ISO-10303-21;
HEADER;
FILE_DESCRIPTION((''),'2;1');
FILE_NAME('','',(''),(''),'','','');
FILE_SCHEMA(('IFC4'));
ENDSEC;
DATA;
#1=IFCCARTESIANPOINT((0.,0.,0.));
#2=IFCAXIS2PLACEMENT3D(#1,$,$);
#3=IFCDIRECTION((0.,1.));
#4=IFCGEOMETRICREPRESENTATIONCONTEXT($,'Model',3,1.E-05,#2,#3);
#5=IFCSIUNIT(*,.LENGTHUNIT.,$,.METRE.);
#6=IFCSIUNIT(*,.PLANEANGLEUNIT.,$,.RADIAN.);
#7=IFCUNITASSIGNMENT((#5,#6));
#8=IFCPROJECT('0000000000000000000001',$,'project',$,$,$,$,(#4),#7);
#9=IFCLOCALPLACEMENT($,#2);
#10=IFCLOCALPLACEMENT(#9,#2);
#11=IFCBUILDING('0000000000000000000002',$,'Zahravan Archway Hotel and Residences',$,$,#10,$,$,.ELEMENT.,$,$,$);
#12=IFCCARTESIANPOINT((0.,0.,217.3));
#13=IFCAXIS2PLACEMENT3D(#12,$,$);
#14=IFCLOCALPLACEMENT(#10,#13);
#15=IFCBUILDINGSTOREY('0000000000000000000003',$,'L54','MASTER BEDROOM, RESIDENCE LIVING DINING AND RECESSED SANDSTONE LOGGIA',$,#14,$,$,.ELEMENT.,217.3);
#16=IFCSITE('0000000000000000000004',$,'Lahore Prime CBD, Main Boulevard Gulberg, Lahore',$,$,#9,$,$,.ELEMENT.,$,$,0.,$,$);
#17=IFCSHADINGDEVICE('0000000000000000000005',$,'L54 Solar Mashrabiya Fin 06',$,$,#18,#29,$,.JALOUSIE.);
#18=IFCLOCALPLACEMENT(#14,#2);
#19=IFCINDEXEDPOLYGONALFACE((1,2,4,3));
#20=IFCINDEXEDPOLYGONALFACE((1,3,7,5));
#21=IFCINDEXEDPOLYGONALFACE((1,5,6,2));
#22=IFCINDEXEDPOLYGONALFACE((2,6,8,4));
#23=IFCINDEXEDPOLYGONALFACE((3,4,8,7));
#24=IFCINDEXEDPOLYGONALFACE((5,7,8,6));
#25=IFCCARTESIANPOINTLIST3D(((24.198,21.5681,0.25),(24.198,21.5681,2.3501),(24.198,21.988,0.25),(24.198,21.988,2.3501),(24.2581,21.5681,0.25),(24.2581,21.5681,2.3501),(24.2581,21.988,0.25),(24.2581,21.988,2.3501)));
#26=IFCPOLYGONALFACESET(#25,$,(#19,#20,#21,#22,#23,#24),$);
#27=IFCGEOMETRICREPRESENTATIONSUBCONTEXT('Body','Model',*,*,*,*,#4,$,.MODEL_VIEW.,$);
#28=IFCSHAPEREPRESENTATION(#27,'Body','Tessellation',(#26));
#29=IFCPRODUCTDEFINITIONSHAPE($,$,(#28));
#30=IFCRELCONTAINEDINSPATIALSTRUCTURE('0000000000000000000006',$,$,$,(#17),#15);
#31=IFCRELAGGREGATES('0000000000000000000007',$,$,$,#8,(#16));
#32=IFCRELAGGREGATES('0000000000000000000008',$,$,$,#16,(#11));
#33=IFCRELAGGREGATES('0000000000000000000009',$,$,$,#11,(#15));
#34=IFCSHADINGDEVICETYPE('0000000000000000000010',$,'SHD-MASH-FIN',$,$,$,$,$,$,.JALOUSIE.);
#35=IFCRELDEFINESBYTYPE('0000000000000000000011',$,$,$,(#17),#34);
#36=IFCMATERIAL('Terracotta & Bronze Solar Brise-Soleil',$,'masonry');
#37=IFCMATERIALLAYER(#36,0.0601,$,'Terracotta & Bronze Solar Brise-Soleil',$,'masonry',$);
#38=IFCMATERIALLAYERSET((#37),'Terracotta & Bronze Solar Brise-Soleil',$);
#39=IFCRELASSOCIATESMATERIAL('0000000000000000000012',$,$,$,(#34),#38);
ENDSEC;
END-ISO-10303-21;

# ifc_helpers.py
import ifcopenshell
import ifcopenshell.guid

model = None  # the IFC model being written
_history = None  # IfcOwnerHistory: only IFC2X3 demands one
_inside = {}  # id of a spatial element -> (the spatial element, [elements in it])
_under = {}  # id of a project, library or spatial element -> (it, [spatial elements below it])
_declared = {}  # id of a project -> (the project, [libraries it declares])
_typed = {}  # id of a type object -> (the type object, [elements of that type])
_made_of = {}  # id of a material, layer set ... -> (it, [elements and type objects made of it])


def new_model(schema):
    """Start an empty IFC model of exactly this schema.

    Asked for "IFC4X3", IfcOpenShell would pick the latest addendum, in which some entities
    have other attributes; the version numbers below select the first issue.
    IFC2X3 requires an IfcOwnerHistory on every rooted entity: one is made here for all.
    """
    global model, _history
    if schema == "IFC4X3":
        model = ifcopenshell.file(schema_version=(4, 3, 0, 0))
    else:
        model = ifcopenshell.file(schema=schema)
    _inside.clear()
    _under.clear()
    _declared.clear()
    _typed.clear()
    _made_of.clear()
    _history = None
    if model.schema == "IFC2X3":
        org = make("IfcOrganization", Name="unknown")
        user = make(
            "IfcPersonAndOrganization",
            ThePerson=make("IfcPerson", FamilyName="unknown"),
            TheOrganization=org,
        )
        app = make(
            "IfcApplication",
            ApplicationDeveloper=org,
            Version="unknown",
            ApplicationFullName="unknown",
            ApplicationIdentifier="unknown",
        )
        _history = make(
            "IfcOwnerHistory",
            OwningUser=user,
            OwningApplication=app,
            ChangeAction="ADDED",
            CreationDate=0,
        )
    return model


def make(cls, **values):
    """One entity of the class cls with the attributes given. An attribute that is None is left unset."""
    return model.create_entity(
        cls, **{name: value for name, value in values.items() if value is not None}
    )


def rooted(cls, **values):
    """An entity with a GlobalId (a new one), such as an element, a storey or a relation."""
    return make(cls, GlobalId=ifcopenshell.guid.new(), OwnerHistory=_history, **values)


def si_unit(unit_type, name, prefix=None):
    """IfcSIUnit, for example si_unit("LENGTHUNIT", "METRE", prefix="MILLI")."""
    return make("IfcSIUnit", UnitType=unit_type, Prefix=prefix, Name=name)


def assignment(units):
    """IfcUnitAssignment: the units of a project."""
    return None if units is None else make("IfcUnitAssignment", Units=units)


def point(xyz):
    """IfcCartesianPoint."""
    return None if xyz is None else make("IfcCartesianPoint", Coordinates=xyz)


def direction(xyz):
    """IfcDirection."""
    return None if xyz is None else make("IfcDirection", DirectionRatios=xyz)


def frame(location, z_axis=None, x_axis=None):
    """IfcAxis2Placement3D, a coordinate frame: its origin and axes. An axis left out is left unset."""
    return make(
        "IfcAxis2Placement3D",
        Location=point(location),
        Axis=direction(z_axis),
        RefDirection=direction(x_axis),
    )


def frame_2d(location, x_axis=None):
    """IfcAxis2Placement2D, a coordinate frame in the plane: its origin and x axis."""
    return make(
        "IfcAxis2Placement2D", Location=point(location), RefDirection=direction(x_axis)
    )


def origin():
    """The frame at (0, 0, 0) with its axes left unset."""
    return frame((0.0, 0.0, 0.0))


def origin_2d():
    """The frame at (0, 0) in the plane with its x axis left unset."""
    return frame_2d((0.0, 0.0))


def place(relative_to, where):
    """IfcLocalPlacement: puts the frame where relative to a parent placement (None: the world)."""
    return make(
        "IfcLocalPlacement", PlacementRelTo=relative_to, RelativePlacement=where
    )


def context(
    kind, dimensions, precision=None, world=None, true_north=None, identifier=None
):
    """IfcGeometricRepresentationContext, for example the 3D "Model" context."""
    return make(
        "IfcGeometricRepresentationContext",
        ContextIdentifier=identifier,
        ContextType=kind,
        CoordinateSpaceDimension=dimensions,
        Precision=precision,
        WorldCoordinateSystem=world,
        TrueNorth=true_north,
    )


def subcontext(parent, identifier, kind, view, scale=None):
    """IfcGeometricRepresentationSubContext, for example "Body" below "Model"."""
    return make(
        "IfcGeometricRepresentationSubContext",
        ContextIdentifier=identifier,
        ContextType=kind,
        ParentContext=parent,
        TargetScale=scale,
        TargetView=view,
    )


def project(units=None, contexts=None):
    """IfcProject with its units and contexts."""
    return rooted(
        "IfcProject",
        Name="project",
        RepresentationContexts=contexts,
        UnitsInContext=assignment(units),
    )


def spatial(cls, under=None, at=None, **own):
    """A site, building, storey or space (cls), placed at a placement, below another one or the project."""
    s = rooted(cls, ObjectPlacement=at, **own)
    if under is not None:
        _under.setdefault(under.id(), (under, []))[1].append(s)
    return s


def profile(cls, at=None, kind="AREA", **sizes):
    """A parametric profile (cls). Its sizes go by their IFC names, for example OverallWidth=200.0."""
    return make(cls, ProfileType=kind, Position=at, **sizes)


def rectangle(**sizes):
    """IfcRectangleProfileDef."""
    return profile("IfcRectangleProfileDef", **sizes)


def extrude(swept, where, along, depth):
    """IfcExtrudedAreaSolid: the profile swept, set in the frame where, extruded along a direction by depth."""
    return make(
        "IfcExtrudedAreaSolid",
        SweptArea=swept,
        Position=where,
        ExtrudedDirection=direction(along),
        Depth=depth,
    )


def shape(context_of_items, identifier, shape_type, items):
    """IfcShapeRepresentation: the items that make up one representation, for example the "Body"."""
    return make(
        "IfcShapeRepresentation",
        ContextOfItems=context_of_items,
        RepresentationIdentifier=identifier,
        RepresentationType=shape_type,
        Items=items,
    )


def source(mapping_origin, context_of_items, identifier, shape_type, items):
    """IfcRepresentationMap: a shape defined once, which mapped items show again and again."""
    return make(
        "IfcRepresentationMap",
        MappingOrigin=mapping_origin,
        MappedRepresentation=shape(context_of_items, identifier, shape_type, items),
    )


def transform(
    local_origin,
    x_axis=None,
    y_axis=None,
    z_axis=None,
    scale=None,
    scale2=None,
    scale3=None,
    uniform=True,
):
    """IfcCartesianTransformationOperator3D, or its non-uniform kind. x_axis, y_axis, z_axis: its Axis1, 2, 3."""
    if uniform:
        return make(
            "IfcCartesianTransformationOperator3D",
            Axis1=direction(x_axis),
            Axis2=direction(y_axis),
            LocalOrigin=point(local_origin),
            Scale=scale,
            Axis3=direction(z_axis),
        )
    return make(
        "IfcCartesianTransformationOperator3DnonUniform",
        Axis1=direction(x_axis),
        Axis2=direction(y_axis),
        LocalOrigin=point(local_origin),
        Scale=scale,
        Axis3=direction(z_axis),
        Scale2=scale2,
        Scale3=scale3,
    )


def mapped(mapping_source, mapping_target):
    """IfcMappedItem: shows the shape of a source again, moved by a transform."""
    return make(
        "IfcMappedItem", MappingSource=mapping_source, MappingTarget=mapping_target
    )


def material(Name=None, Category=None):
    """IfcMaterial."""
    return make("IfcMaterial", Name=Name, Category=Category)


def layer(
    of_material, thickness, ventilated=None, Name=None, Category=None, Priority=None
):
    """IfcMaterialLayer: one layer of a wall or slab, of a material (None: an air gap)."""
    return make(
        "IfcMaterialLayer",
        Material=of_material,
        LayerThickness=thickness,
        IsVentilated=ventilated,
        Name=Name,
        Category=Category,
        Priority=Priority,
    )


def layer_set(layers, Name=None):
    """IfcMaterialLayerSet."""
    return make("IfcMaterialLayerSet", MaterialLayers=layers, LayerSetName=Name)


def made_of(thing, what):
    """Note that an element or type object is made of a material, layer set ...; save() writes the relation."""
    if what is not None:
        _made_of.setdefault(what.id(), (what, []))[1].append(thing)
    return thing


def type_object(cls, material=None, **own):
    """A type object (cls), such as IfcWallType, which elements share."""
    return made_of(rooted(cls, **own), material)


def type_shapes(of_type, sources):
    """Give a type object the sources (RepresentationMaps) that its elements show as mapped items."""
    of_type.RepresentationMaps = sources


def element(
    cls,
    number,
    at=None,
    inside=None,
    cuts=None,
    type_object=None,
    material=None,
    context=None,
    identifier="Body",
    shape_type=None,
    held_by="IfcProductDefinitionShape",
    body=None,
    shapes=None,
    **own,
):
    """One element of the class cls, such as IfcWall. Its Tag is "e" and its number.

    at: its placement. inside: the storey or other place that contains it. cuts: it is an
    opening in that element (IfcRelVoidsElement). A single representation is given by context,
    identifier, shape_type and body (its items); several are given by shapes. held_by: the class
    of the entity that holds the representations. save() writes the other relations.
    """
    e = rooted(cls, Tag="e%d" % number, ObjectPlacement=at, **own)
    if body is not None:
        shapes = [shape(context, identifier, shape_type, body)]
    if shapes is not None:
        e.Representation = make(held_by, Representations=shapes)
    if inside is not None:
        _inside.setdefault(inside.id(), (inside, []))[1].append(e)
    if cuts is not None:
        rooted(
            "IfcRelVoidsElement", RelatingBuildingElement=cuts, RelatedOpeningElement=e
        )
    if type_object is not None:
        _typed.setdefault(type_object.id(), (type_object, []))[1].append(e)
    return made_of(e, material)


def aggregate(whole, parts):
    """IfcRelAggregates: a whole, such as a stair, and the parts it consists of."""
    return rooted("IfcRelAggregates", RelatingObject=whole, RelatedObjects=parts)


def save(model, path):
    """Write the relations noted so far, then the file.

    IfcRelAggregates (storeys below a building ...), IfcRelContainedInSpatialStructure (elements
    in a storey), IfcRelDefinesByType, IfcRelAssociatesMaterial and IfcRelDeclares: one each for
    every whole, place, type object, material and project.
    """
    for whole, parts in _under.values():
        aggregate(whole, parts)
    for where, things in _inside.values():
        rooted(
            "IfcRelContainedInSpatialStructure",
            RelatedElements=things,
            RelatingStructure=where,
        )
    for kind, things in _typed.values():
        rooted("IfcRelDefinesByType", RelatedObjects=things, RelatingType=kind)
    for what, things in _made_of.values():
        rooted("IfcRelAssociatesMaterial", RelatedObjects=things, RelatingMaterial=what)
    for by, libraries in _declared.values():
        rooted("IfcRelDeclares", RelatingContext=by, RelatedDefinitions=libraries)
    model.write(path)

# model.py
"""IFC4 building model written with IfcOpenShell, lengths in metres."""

from ifc_helpers import new_model, si_unit, direction, frame, origin, origin_2d, place, context, subcontext, project, spatial, rectangle, extrude, source, transform, mapped, material, layer, layer_set, type_object, type_shapes, element, save


model = new_model("IFC4")

# Units and contexts
model_context = context("Model", 3, precision=1e-05, world=origin(), true_north=direction((0.0, 1.0)))
body_context = subcontext(model_context, "Body", "Model", "MODEL_VIEW")
ifc_project = project(units=[si_unit("LENGTHUNIT", "METRE"), si_unit("PLANEANGLEUNIT", "RADIAN")], contexts=[model_context])

# Site, building, storey
site_placement = place(None, origin())
site = spatial("IfcSite", under=ifc_project, at=site_placement, Name="Lahore Prime CBD, Main Boulevard Gulberg, Lahore", CompositionType="ELEMENT", RefElevation=0.0)
building_placement = place(site_placement, origin())
building = spatial("IfcBuilding", under=site, at=building_placement, Name="Zahravan Archway Hotel and Residences", CompositionType="ELEMENT")
storey_placement = place(building_placement, frame((0.0, 0.0, 217.3)))
storey = spatial("IfcBuildingStorey", under=building, at=storey_placement, Name="L54", Description="MASTER BEDROOM, RESIDENCE LIVING DINING AND RECESSED SANDSTONE LOGGIA", CompositionType="ELEMENT", Elevation=217.3)

# Shading device
ifc_material_1 = material(Name="Terracotta & Bronze Solar Brise-Soleil", Category="masonry")
ifc_layer_1 = layer(ifc_material_1, 0.0601, Name="Terracotta & Bronze Solar Brise-Soleil", Category="masonry")
ifc_layer_set_1 = layer_set([ifc_layer_1], Name="Terracotta & Bronze Solar Brise-Soleil")
shading_device_type = type_object("IfcShadingDeviceType", Name="SHD-MASH-FIN", PredefinedType="JALOUSIE", material=ifc_layer_set_1)
shared_shape_1 = source(origin(), body_context, "Body", "SweptSolid", [
    extrude(rectangle(XDim=0.0601, YDim=0.4199, at=origin_2d()), origin(), (0.0, 0.0, 1.0), 2.1001),
])
type_shapes(shading_device_type, [shared_shape_1])
shading_device_placement = place(storey_placement, frame((24.228, 21.7781, 0.25), z_axis=(0.0, 0.0, 1.0), x_axis=(1.0, 0.0, 0.0)))
element("IfcShadingDevice", 1, at=shading_device_placement, inside=storey, type_object=shading_device_type, Name="L54 Solar Mashrabiya Fin 06", PredefinedType="JALOUSIE", context=body_context, shape_type="MappedRepresentation", body=[
    mapped(shared_shape_1, transform((0.0, 0.0, 0.0), scale=1.0)),
])

save(model, "model.ifc")
